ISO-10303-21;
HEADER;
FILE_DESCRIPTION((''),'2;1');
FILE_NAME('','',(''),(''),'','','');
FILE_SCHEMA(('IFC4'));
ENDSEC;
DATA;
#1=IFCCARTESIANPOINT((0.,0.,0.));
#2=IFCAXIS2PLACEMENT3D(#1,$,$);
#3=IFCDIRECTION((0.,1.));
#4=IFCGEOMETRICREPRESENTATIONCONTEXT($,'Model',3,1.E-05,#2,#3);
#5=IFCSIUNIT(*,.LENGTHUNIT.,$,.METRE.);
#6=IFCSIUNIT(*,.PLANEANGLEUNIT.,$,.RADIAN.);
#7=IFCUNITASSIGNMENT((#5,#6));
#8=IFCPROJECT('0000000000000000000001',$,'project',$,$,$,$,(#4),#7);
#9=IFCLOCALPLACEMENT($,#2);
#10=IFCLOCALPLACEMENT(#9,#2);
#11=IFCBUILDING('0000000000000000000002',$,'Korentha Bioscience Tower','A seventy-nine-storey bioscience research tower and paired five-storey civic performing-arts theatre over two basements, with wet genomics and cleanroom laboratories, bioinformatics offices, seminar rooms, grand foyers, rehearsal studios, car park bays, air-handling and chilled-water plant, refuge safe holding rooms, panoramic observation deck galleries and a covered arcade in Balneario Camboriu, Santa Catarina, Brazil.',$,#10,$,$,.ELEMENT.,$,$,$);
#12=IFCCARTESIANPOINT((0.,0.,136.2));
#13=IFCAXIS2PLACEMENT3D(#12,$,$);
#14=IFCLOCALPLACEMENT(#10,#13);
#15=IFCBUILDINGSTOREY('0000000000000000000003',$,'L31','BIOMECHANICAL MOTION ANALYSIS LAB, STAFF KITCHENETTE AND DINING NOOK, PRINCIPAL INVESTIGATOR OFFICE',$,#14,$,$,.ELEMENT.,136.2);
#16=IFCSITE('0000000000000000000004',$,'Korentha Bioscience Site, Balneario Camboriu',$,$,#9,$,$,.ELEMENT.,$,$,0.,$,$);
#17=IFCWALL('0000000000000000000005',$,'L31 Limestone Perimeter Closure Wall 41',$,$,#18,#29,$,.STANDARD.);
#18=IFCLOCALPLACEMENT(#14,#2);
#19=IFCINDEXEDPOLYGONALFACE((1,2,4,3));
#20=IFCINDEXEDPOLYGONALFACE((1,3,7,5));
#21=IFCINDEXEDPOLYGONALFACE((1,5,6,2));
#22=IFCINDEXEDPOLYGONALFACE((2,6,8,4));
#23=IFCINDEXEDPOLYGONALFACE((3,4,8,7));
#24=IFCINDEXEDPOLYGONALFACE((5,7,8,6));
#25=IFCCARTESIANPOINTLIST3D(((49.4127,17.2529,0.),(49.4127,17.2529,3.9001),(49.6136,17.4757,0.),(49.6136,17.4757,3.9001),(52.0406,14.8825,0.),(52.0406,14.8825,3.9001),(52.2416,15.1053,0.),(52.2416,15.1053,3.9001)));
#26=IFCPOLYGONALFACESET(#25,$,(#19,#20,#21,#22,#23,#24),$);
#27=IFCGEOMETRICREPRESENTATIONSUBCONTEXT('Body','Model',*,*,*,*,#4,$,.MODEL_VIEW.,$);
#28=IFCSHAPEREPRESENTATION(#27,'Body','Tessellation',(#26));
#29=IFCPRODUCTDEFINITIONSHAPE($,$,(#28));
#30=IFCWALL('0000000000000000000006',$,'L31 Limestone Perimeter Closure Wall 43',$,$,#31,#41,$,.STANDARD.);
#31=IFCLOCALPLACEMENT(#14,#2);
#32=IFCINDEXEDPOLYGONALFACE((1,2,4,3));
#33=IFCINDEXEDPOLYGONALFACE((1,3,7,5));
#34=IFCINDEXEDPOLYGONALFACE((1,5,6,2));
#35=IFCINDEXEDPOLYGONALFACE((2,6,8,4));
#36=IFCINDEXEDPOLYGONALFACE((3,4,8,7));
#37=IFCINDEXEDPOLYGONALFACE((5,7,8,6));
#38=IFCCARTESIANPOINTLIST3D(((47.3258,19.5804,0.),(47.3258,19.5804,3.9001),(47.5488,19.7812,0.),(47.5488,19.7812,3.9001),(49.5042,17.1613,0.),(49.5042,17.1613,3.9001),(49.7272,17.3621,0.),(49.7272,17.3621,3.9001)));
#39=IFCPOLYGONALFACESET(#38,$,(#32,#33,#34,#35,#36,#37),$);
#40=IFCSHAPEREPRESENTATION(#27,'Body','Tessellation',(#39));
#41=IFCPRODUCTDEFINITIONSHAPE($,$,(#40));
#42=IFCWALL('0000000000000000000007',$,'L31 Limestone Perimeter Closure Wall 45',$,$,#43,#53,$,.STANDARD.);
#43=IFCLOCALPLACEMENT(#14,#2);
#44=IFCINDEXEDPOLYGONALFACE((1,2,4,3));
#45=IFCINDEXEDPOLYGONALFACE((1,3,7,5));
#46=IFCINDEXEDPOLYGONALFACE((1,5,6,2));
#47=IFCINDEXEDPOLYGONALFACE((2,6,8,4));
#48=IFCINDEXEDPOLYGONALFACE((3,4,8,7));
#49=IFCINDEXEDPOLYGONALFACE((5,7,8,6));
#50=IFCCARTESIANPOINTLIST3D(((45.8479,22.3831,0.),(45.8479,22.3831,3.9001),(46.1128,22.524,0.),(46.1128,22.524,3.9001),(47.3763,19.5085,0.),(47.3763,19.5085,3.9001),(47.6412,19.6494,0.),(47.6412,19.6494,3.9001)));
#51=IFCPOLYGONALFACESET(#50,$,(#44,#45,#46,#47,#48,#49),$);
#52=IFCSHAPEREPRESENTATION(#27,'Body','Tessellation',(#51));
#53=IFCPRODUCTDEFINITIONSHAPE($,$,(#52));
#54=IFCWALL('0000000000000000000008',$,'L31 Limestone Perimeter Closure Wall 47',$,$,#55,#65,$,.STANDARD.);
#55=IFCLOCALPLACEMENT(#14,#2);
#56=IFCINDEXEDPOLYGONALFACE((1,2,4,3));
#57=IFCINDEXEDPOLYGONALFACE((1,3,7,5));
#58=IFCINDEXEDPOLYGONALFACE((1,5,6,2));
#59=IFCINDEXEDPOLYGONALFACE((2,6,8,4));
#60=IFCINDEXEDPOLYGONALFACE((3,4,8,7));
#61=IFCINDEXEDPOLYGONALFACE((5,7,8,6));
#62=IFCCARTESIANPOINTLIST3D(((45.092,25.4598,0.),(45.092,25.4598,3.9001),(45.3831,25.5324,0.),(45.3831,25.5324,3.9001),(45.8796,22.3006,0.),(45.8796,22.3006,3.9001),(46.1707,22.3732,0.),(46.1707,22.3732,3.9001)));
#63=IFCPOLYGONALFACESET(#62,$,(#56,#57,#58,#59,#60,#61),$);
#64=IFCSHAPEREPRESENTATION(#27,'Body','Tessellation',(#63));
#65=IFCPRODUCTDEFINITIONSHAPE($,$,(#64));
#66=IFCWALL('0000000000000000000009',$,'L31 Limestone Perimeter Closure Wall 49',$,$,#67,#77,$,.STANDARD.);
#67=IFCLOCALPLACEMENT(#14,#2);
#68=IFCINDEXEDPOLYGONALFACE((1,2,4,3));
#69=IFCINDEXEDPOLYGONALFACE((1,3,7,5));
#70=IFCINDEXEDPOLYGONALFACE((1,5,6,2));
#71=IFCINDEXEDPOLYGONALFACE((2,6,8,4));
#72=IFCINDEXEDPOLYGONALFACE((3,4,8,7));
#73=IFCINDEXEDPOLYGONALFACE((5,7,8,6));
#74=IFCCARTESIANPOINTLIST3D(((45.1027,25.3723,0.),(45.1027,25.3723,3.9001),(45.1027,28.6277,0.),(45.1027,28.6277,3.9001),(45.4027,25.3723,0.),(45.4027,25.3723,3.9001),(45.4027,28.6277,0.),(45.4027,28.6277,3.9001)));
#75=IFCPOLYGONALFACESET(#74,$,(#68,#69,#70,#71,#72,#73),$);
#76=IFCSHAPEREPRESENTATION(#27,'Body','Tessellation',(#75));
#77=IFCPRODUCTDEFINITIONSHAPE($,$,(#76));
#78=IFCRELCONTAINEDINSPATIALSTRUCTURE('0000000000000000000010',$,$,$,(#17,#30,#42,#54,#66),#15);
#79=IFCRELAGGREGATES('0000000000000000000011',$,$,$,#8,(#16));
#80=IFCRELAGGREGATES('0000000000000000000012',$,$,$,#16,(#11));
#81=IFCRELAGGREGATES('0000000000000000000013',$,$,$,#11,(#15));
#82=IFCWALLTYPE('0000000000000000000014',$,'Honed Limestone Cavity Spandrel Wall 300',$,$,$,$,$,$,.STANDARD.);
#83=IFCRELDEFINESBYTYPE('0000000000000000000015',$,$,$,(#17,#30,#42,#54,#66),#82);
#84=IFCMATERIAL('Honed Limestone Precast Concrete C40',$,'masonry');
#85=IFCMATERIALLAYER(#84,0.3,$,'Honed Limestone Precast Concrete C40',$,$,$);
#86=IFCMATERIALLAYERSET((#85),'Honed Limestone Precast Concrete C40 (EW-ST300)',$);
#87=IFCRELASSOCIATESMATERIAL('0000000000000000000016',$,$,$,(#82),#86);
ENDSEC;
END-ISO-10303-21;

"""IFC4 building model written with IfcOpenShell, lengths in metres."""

from ifc_helpers import new_model, si_unit, direction, frame, frame_2d, origin, place, context, subcontext, project, spatial, rectangle, extrude, material, layer, layer_set, type_object, element, save


model = new_model("IFC4")

# Units and contexts
model_context = context("Model", 3, precision=1e-05, world=origin(), true_north=direction((0.0, 1.0)))
body_context = subcontext(model_context, "Body", "Model", "MODEL_VIEW")
ifc_project = project(units=[si_unit("LENGTHUNIT", "METRE"), si_unit("PLANEANGLEUNIT", "RADIAN")], contexts=[model_context])

# Site, building, storey
site_placement = place(None, origin())
site = spatial("IfcSite", under=ifc_project, at=site_placement, Name="Korentha Bioscience Site, Balneario Camboriu", CompositionType="ELEMENT", RefElevation=0.0)
building_placement = place(site_placement, origin())
building = spatial("IfcBuilding", under=site, at=building_placement, Name="Korentha Bioscience Tower", Description="A seventy-nine-storey bioscience research tower and paired five-storey civic performing-arts theatre over two basements, with wet genomics and cleanroom laboratories, bioinformatics offices, seminar rooms, grand foyers, rehearsal studios, car park bays, air-handling and chilled-water plant, refuge safe holding rooms, panoramic observation deck galleries and a covered arcade in Balneario Camboriu, Santa Catarina, Brazil.", CompositionType="ELEMENT")
storey_placement = place(building_placement, frame((0.0, 0.0, 136.2)))
storey = spatial("IfcBuildingStorey", under=building, at=storey_placement, Name="L31", Description="BIOMECHANICAL MOTION ANALYSIS LAB, STAFF KITCHENETTE AND DINING NOOK, PRINCIPAL INVESTIGATOR OFFICE", CompositionType="ELEMENT", Elevation=136.2)

# Walls
ifc_material_1 = material(Name="Honed Limestone Precast Concrete C40", Category="masonry")
ifc_layer_1 = layer(ifc_material_1, 0.3, Name="Honed Limestone Precast Concrete C40")
ifc_layer_set_1 = layer_set([ifc_layer_1], Name="Honed Limestone Precast Concrete C40 (EW-ST300)")
wall_type_1 = type_object("IfcWallType", Name="Honed Limestone Cavity Spandrel Wall 300", PredefinedType="STANDARD", material=ifc_layer_set_1)
wall_1_placement = place(storey_placement, frame((52.1411, 14.9939, 0.0), z_axis=(0.0, 0.0, 1.0), x_axis=(-0.74256, 0.66978, 0.0)))
element("IfcWall", 1, at=wall_1_placement, inside=storey, type_object=wall_type_1, Name="L31 Limestone Perimeter Closure Wall 41", PredefinedType="STANDARD", context=body_context, shape_type="SweptSolid", body=[
    extrude(rectangle(XDim=3.5391, YDim=0.3, at=frame_2d((1.7695, 0.0))), origin(), (0.0, 0.0, 1.0), 3.9001),
])
wall_2_placement = place(storey_placement, frame((49.6157, 17.2617, 0.0), z_axis=(0.0, 0.0, 1.0), x_axis=(-0.669168, 0.743111, 0.0)))
element("IfcWall", 2, at=wall_2_placement, inside=storey, type_object=wall_type_1, Name="L31 Limestone Perimeter Closure Wall 43", PredefinedType="STANDARD", context=body_context, shape_type="SweptSolid", body=[
    extrude(rectangle(XDim=3.2554, YDim=0.3, at=frame_2d((1.6277, 0.0))), origin(), (0.0, 0.0, 1.0), 3.9001),
])
wall_3_placement = place(storey_placement, frame((47.5088, 19.5789, 0.0), z_axis=(0.0, 0.0, 1.0), x_axis=(-0.469451, 0.882958, 0.0)))
element("IfcWall", 3, at=wall_3_placement, inside=storey, type_object=wall_type_1, Name="L31 Limestone Perimeter Closure Wall 45", PredefinedType="STANDARD", context=body_context, shape_type="SweptSolid", body=[
    extrude(rectangle(XDim=3.2556, YDim=0.3, at=frame_2d((1.6279, 0.0))), origin(), (0.0, 0.0, 1.0), 3.9001),
])
wall_4_placement = place(storey_placement, frame((46.0251, 22.3369, 0.0), z_axis=(0.0, 0.0, 1.0), x_axis=(-0.2419, 0.970301, 0.0)))
element("IfcWall", 4, at=wall_4_placement, inside=storey, type_object=wall_type_1, Name="L31 Limestone Perimeter Closure Wall 47", PredefinedType="STANDARD", context=body_context, shape_type="SweptSolid", body=[
    extrude(rectangle(XDim=3.2559, YDim=0.3, at=frame_2d((1.6279, 0.0))), origin(), (0.0, 0.0, 1.0), 3.9001),
])
wall_5_placement = place(storey_placement, frame((45.2527, 25.3723, 0.0), z_axis=(0.0, 0.0, 1.0), x_axis=(0.0, 1.0, 0.0)))
element("IfcWall", 5, at=wall_5_placement, inside=storey, type_object=wall_type_1, Name="L31 Limestone Perimeter Closure Wall 49", PredefinedType="STANDARD", context=body_context, shape_type="SweptSolid", body=[
    extrude(rectangle(XDim=3.2554, YDim=0.3, at=frame_2d((1.6277, 0.0))), origin(), (0.0, 0.0, 1.0), 3.9001),
])

save(model, "model.ifc")
